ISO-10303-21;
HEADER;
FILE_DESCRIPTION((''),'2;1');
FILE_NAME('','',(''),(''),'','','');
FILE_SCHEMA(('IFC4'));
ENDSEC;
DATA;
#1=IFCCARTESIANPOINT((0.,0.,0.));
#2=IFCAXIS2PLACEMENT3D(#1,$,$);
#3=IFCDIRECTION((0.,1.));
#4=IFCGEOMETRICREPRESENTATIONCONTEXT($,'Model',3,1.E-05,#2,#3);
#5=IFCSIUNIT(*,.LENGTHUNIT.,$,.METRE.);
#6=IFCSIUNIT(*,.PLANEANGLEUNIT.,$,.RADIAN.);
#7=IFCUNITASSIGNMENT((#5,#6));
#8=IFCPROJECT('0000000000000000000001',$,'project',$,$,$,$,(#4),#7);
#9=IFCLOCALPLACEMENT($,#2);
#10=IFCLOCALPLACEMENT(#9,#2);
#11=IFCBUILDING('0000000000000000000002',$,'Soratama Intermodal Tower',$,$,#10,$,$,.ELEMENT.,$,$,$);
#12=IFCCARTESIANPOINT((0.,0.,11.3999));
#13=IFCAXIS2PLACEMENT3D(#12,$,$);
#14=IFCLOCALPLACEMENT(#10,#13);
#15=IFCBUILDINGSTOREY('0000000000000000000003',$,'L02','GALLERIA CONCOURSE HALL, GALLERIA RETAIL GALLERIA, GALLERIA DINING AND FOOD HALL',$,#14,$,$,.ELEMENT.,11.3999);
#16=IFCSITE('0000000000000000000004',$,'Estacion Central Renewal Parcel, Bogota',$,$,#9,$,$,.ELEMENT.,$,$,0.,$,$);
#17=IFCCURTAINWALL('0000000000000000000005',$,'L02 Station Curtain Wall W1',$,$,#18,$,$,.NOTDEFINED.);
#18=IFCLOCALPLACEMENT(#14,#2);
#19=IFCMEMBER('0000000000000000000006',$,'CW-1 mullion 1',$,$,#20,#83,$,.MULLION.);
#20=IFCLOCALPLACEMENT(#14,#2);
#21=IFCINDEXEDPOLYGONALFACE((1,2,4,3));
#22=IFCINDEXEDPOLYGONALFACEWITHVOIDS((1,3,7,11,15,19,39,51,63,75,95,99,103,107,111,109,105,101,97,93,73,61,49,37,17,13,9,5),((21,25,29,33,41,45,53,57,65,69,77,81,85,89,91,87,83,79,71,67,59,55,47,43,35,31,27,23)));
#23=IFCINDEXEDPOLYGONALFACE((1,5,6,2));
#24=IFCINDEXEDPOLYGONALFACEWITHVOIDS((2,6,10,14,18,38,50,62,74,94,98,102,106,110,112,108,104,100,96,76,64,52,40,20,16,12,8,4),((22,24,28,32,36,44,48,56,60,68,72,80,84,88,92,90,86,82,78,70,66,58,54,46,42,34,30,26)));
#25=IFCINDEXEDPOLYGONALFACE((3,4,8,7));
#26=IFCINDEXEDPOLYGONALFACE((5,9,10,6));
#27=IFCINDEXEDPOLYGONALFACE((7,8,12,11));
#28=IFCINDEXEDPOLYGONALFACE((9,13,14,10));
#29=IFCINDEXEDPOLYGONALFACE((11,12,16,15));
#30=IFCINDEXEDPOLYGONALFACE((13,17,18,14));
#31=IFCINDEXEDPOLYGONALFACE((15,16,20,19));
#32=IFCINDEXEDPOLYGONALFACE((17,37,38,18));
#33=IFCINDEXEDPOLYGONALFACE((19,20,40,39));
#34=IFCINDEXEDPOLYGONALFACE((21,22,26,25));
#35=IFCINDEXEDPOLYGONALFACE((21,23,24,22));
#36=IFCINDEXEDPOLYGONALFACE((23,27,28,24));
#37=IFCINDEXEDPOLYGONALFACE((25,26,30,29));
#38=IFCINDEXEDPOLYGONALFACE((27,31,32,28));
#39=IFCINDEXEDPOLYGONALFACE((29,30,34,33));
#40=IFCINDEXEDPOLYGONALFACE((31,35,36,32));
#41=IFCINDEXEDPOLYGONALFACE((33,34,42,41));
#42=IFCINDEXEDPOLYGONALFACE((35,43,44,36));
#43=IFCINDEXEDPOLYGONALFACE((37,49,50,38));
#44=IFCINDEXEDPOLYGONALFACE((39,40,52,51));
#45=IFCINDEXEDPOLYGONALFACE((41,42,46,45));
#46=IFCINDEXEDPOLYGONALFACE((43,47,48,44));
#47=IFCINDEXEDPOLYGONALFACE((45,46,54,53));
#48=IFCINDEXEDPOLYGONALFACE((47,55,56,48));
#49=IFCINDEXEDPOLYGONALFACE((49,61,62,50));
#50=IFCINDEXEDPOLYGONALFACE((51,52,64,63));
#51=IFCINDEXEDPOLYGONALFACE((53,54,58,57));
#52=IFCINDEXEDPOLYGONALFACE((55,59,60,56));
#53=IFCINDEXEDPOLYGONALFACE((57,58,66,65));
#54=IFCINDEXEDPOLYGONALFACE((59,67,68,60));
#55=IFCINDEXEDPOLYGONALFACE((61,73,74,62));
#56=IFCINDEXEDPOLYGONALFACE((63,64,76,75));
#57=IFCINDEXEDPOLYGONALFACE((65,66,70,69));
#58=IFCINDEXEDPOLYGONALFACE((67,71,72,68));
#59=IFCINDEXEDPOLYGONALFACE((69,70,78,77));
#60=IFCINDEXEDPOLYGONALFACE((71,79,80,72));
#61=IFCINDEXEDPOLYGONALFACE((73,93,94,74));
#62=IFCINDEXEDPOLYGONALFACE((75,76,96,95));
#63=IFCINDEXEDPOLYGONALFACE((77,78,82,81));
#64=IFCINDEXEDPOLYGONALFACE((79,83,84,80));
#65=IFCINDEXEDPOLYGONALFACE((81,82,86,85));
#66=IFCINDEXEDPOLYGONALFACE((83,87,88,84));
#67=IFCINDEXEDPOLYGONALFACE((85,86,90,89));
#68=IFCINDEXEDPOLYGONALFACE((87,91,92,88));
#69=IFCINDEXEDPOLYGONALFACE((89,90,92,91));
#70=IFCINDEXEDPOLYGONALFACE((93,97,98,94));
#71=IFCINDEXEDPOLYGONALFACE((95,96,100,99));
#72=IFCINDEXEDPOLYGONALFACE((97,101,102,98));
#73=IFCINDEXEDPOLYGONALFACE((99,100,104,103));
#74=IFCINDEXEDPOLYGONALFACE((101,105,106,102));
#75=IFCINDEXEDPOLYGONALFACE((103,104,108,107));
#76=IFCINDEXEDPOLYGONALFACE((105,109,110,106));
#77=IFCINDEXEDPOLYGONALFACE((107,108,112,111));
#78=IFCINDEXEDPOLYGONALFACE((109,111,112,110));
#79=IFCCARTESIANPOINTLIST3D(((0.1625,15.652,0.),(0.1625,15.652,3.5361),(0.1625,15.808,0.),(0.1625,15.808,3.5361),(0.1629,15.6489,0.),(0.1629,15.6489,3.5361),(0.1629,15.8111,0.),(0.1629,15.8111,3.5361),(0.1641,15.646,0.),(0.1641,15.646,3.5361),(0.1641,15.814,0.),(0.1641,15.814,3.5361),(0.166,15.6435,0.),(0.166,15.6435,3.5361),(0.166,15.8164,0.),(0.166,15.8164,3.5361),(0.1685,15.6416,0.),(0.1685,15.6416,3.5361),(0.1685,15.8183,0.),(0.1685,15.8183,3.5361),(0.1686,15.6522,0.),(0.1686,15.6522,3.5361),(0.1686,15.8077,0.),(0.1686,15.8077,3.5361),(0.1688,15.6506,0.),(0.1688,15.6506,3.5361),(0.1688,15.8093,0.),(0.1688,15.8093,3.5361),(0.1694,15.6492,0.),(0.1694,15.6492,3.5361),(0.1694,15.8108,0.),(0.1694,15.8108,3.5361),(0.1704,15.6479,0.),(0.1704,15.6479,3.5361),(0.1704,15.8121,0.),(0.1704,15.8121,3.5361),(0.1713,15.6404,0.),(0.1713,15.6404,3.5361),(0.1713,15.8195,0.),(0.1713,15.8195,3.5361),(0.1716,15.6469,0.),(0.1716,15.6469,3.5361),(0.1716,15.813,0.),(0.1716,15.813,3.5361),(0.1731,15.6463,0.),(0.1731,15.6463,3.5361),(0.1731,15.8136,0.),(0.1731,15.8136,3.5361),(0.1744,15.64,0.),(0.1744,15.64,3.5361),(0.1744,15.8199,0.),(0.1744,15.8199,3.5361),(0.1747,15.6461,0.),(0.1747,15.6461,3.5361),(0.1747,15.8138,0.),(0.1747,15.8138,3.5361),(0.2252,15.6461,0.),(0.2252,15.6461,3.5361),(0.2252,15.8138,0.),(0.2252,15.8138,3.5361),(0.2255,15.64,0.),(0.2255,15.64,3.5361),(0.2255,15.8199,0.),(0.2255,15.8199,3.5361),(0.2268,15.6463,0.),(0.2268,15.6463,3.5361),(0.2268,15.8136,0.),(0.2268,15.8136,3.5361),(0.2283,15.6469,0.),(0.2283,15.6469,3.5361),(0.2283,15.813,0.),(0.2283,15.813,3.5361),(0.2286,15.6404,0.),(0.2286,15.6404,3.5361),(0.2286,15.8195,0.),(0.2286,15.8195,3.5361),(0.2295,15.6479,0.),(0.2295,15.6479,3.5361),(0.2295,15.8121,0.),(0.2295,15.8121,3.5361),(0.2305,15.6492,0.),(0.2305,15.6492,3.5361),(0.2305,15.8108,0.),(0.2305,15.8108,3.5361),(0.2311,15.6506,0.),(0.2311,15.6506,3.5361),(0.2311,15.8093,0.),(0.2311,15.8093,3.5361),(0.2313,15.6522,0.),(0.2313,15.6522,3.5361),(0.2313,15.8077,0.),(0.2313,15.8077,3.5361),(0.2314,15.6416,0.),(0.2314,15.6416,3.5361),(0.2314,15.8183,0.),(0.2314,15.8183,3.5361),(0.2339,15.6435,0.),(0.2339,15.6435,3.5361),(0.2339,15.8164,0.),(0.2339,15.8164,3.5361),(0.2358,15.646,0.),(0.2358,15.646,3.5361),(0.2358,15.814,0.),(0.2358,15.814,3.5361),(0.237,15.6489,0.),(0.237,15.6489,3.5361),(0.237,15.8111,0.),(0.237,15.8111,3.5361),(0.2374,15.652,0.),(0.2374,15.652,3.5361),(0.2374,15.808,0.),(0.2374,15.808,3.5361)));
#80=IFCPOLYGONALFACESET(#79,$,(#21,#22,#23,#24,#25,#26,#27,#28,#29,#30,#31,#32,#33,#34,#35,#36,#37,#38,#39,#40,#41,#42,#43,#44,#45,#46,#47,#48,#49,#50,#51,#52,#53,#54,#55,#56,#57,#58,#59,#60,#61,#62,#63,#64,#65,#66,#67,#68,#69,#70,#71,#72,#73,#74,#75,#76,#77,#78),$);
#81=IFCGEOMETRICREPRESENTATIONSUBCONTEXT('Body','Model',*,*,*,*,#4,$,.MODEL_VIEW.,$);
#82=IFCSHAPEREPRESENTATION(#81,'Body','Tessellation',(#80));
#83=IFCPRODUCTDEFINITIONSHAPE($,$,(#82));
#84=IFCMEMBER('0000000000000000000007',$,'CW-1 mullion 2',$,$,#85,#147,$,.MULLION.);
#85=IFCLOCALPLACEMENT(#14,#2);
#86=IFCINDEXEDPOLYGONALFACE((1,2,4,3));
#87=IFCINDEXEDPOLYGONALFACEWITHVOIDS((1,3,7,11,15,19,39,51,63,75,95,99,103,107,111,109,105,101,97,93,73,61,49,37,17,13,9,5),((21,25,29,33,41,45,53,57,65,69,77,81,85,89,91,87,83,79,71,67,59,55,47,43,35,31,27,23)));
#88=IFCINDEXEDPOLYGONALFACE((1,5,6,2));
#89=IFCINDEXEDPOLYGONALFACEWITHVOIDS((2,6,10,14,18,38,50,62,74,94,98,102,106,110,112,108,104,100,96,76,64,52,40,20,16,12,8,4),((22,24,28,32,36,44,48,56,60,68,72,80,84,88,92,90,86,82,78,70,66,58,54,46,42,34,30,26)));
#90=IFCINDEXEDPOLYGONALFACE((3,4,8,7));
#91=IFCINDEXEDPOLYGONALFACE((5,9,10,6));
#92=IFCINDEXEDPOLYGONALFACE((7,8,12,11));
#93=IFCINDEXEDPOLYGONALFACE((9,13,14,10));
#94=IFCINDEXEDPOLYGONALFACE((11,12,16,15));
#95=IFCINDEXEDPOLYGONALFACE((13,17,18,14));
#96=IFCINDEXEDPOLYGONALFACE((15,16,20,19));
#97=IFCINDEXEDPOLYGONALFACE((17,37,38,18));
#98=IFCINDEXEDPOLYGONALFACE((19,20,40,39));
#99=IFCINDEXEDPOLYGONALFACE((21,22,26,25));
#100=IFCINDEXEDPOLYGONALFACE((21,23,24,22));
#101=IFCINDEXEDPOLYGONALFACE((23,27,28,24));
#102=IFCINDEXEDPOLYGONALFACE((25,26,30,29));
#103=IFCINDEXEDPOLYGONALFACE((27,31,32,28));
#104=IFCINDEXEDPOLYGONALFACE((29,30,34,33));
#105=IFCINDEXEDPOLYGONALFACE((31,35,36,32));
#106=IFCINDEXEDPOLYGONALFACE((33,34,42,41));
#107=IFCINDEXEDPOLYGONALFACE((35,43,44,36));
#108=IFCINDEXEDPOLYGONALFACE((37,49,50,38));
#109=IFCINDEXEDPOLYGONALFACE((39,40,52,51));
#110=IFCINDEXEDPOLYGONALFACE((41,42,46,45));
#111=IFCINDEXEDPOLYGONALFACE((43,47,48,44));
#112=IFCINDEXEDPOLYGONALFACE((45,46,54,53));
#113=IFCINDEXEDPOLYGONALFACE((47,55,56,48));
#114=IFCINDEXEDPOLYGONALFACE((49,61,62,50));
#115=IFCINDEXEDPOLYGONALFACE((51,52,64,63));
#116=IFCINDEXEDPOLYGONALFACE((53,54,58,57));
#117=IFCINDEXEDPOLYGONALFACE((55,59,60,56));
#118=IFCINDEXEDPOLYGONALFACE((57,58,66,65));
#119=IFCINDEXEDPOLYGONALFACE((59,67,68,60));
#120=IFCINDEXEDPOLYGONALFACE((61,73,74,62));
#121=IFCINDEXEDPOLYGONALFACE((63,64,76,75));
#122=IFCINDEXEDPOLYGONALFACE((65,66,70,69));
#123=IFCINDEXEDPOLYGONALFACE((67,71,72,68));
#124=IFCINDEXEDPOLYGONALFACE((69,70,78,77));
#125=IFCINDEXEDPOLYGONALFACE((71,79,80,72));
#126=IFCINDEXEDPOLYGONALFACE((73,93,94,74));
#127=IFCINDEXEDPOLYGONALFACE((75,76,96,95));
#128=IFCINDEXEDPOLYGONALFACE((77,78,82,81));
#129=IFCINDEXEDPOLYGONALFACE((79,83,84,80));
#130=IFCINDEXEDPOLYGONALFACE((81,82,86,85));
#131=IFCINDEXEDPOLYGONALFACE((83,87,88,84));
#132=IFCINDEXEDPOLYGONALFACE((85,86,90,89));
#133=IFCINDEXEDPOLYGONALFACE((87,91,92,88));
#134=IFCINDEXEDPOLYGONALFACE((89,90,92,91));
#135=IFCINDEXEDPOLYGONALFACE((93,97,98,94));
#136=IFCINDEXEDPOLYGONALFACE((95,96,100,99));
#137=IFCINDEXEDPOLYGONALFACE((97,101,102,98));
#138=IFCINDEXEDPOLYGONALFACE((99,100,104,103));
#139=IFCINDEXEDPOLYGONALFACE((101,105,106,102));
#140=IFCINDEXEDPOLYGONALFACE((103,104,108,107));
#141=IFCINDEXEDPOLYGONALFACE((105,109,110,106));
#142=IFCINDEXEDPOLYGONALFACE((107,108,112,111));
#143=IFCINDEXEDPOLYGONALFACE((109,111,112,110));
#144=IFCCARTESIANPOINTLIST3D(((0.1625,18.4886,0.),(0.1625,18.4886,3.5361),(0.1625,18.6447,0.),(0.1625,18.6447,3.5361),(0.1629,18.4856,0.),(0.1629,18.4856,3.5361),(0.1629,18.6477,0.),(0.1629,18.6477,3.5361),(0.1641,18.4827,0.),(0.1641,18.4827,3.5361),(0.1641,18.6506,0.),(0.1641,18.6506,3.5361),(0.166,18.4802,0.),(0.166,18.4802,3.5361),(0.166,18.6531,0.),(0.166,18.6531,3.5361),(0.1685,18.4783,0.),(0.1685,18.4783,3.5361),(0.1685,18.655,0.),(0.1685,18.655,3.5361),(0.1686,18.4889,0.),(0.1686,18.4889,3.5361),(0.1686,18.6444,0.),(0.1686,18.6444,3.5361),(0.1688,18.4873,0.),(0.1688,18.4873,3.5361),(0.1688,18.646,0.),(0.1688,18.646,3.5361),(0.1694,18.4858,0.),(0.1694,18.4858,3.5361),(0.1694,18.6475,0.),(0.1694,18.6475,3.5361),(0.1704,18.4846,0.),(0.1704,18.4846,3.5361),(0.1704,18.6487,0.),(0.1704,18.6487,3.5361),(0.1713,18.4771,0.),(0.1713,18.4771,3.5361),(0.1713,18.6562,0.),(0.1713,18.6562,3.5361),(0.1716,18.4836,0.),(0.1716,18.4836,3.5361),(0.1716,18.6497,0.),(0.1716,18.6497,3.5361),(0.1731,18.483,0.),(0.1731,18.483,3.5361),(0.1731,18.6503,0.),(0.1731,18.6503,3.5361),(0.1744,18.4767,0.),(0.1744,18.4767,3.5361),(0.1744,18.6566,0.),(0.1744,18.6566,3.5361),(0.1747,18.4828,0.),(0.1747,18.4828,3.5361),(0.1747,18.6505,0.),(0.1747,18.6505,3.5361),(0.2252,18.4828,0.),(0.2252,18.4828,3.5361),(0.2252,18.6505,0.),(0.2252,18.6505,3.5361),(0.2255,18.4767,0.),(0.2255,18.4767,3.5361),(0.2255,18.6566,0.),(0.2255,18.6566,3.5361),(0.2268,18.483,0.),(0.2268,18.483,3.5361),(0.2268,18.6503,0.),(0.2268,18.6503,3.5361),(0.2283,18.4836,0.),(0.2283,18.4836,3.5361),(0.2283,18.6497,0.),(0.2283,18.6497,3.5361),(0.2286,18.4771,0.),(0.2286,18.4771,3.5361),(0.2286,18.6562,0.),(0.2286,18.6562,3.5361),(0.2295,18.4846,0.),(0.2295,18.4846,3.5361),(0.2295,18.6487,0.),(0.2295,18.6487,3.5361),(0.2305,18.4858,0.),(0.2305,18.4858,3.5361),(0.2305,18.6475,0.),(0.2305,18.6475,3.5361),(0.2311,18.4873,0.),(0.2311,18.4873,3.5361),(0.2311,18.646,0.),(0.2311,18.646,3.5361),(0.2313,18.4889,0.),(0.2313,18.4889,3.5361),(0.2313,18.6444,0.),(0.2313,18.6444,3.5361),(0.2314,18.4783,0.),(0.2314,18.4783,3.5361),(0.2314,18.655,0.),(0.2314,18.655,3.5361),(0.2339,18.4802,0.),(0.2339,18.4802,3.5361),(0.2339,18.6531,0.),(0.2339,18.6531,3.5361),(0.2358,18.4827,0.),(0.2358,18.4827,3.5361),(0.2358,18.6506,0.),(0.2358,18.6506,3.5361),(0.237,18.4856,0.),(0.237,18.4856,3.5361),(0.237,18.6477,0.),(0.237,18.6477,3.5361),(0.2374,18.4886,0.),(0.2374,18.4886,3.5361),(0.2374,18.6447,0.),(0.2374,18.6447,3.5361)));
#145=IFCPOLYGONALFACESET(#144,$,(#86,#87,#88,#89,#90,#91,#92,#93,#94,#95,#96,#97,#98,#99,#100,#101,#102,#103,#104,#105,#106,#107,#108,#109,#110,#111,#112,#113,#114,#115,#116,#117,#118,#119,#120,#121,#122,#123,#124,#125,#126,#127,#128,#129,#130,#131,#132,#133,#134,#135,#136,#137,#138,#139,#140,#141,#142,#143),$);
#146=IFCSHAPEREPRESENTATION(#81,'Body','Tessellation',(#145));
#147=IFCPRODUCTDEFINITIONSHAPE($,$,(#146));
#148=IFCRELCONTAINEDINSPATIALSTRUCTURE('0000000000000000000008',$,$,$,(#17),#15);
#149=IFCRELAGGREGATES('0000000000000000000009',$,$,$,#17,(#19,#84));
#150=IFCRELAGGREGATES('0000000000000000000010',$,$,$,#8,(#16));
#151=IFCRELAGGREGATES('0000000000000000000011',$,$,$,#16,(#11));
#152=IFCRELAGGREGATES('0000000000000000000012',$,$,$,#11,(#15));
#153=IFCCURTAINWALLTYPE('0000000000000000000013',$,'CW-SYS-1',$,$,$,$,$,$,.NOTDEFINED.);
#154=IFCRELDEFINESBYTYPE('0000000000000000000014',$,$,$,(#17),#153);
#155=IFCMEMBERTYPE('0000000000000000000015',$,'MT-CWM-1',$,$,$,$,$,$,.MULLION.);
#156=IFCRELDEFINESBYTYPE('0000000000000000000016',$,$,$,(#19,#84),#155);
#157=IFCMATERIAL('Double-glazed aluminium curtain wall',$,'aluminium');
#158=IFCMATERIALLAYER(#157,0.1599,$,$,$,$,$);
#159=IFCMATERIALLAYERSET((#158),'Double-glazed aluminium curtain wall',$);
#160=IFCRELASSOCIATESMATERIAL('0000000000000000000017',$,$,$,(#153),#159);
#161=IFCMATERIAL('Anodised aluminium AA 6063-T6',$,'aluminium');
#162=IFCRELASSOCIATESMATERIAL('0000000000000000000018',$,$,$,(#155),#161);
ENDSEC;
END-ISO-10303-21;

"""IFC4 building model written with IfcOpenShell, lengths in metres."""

from ifc_helpers import new_model, si_unit, direction, frame, origin, origin_2d, place, context, subcontext, project, spatial, hollow_rectangle, extrude, material, layer, layer_set, material_profile, profile_set, type_object, element, aggregate, save


model = new_model("IFC4")

# Units and contexts
model_context = context("Model", 3, precision=1e-05, world=origin(), true_north=direction((0.0, 1.0)))
body_context = subcontext(model_context, "Body", "Model", "MODEL_VIEW")
ifc_project = project(units=[si_unit("LENGTHUNIT", "METRE"), si_unit("PLANEANGLEUNIT", "RADIAN")], contexts=[model_context])

# Site, building, storey
site_placement = place(None, origin())
site = spatial("IfcSite", under=ifc_project, at=site_placement, Name="Estacion Central Renewal Parcel, Bogota", CompositionType="ELEMENT", RefElevation=0.0)
building_placement = place(site_placement, origin())
building = spatial("IfcBuilding", under=site, at=building_placement, Name="Soratama Intermodal Tower", CompositionType="ELEMENT")
storey_placement = place(building_placement, frame((0.0, 0.0, 11.3999)))
storey = spatial("IfcBuildingStorey", under=building, at=storey_placement, Name="L02", Description="GALLERIA CONCOURSE HALL, GALLERIA RETAIL GALLERIA, GALLERIA DINING AND FOOD HALL", CompositionType="ELEMENT", Elevation=11.3999)

# Curtain wall, members
ifc_material_1 = material(Name="Double-glazed aluminium curtain wall", Category="aluminium")
ifc_layer_1 = layer(ifc_material_1, 0.1599)
ifc_layer_set_1 = layer_set([ifc_layer_1], Name="Double-glazed aluminium curtain wall")
curtain_wall_type = type_object("IfcCurtainWallType", Name="CW-SYS-1", PredefinedType="NOTDEFINED", material=ifc_layer_set_1)
curtain_wall_placement = place(storey_placement, origin())
curtain_wall = element("IfcCurtainWall", 1, at=curtain_wall_placement, inside=storey, type_object=curtain_wall_type, Name="L02 Station Curtain Wall W1", PredefinedType="NOTDEFINED")
ifc_material_2 = material(Name="Anodised aluminium AA 6063-T6", Category="aluminium")
ifc_material_profile_1 = material_profile(ifc_material_2, hollow_rectangle(XDim=0.075, YDim=0.1799, WallThickness=0.0061, InnerFilletRadius=0.0061, OuterFilletRadius=0.012, at=origin_2d()), Name="CWM180X75X6")
ifc_profile_set_1 = profile_set([ifc_material_profile_1], Name="Anodised aluminium AA 6063-T6")
member_type_1 = type_object("IfcMemberType", Name="MT-CWM-1", PredefinedType="MULLION", material=ifc_profile_set_1)
member_1_placement = place(storey_placement, frame((0.2, 15.73, 0.0), z_axis=(0.0, 0.0, 1.0), x_axis=(-1.0, 0.0, 0.0)))
member_1 = element("IfcMember", 2, at=member_1_placement, type_object=member_type_1, Name="CW-1 mullion 1", PredefinedType="MULLION", context=body_context, shape_type="SweptSolid", body=[
    extrude(hollow_rectangle(XDim=0.075, YDim=0.1799, WallThickness=0.0061, InnerFilletRadius=0.0061, OuterFilletRadius=0.012, at=origin_2d()), origin(), (0.0, 0.0, 1.0), 3.5361),
])
member_2_placement = place(storey_placement, frame((0.2, 18.5667, 0.0), z_axis=(0.0, 0.0, 1.0), x_axis=(-1.0, 0.0, 0.0)))
member_2 = element("IfcMember", 3, at=member_2_placement, type_object=member_type_1, Name="CW-1 mullion 2", PredefinedType="MULLION", context=body_context, shape_type="SweptSolid", body=[
    extrude(hollow_rectangle(XDim=0.075, YDim=0.1799, WallThickness=0.0061, InnerFilletRadius=0.0061, OuterFilletRadius=0.012, at=origin_2d()), origin(), (0.0, 0.0, 1.0), 3.5361),
])
aggregate(curtain_wall, [member_1, member_2])

save(model, "model.ifc")
